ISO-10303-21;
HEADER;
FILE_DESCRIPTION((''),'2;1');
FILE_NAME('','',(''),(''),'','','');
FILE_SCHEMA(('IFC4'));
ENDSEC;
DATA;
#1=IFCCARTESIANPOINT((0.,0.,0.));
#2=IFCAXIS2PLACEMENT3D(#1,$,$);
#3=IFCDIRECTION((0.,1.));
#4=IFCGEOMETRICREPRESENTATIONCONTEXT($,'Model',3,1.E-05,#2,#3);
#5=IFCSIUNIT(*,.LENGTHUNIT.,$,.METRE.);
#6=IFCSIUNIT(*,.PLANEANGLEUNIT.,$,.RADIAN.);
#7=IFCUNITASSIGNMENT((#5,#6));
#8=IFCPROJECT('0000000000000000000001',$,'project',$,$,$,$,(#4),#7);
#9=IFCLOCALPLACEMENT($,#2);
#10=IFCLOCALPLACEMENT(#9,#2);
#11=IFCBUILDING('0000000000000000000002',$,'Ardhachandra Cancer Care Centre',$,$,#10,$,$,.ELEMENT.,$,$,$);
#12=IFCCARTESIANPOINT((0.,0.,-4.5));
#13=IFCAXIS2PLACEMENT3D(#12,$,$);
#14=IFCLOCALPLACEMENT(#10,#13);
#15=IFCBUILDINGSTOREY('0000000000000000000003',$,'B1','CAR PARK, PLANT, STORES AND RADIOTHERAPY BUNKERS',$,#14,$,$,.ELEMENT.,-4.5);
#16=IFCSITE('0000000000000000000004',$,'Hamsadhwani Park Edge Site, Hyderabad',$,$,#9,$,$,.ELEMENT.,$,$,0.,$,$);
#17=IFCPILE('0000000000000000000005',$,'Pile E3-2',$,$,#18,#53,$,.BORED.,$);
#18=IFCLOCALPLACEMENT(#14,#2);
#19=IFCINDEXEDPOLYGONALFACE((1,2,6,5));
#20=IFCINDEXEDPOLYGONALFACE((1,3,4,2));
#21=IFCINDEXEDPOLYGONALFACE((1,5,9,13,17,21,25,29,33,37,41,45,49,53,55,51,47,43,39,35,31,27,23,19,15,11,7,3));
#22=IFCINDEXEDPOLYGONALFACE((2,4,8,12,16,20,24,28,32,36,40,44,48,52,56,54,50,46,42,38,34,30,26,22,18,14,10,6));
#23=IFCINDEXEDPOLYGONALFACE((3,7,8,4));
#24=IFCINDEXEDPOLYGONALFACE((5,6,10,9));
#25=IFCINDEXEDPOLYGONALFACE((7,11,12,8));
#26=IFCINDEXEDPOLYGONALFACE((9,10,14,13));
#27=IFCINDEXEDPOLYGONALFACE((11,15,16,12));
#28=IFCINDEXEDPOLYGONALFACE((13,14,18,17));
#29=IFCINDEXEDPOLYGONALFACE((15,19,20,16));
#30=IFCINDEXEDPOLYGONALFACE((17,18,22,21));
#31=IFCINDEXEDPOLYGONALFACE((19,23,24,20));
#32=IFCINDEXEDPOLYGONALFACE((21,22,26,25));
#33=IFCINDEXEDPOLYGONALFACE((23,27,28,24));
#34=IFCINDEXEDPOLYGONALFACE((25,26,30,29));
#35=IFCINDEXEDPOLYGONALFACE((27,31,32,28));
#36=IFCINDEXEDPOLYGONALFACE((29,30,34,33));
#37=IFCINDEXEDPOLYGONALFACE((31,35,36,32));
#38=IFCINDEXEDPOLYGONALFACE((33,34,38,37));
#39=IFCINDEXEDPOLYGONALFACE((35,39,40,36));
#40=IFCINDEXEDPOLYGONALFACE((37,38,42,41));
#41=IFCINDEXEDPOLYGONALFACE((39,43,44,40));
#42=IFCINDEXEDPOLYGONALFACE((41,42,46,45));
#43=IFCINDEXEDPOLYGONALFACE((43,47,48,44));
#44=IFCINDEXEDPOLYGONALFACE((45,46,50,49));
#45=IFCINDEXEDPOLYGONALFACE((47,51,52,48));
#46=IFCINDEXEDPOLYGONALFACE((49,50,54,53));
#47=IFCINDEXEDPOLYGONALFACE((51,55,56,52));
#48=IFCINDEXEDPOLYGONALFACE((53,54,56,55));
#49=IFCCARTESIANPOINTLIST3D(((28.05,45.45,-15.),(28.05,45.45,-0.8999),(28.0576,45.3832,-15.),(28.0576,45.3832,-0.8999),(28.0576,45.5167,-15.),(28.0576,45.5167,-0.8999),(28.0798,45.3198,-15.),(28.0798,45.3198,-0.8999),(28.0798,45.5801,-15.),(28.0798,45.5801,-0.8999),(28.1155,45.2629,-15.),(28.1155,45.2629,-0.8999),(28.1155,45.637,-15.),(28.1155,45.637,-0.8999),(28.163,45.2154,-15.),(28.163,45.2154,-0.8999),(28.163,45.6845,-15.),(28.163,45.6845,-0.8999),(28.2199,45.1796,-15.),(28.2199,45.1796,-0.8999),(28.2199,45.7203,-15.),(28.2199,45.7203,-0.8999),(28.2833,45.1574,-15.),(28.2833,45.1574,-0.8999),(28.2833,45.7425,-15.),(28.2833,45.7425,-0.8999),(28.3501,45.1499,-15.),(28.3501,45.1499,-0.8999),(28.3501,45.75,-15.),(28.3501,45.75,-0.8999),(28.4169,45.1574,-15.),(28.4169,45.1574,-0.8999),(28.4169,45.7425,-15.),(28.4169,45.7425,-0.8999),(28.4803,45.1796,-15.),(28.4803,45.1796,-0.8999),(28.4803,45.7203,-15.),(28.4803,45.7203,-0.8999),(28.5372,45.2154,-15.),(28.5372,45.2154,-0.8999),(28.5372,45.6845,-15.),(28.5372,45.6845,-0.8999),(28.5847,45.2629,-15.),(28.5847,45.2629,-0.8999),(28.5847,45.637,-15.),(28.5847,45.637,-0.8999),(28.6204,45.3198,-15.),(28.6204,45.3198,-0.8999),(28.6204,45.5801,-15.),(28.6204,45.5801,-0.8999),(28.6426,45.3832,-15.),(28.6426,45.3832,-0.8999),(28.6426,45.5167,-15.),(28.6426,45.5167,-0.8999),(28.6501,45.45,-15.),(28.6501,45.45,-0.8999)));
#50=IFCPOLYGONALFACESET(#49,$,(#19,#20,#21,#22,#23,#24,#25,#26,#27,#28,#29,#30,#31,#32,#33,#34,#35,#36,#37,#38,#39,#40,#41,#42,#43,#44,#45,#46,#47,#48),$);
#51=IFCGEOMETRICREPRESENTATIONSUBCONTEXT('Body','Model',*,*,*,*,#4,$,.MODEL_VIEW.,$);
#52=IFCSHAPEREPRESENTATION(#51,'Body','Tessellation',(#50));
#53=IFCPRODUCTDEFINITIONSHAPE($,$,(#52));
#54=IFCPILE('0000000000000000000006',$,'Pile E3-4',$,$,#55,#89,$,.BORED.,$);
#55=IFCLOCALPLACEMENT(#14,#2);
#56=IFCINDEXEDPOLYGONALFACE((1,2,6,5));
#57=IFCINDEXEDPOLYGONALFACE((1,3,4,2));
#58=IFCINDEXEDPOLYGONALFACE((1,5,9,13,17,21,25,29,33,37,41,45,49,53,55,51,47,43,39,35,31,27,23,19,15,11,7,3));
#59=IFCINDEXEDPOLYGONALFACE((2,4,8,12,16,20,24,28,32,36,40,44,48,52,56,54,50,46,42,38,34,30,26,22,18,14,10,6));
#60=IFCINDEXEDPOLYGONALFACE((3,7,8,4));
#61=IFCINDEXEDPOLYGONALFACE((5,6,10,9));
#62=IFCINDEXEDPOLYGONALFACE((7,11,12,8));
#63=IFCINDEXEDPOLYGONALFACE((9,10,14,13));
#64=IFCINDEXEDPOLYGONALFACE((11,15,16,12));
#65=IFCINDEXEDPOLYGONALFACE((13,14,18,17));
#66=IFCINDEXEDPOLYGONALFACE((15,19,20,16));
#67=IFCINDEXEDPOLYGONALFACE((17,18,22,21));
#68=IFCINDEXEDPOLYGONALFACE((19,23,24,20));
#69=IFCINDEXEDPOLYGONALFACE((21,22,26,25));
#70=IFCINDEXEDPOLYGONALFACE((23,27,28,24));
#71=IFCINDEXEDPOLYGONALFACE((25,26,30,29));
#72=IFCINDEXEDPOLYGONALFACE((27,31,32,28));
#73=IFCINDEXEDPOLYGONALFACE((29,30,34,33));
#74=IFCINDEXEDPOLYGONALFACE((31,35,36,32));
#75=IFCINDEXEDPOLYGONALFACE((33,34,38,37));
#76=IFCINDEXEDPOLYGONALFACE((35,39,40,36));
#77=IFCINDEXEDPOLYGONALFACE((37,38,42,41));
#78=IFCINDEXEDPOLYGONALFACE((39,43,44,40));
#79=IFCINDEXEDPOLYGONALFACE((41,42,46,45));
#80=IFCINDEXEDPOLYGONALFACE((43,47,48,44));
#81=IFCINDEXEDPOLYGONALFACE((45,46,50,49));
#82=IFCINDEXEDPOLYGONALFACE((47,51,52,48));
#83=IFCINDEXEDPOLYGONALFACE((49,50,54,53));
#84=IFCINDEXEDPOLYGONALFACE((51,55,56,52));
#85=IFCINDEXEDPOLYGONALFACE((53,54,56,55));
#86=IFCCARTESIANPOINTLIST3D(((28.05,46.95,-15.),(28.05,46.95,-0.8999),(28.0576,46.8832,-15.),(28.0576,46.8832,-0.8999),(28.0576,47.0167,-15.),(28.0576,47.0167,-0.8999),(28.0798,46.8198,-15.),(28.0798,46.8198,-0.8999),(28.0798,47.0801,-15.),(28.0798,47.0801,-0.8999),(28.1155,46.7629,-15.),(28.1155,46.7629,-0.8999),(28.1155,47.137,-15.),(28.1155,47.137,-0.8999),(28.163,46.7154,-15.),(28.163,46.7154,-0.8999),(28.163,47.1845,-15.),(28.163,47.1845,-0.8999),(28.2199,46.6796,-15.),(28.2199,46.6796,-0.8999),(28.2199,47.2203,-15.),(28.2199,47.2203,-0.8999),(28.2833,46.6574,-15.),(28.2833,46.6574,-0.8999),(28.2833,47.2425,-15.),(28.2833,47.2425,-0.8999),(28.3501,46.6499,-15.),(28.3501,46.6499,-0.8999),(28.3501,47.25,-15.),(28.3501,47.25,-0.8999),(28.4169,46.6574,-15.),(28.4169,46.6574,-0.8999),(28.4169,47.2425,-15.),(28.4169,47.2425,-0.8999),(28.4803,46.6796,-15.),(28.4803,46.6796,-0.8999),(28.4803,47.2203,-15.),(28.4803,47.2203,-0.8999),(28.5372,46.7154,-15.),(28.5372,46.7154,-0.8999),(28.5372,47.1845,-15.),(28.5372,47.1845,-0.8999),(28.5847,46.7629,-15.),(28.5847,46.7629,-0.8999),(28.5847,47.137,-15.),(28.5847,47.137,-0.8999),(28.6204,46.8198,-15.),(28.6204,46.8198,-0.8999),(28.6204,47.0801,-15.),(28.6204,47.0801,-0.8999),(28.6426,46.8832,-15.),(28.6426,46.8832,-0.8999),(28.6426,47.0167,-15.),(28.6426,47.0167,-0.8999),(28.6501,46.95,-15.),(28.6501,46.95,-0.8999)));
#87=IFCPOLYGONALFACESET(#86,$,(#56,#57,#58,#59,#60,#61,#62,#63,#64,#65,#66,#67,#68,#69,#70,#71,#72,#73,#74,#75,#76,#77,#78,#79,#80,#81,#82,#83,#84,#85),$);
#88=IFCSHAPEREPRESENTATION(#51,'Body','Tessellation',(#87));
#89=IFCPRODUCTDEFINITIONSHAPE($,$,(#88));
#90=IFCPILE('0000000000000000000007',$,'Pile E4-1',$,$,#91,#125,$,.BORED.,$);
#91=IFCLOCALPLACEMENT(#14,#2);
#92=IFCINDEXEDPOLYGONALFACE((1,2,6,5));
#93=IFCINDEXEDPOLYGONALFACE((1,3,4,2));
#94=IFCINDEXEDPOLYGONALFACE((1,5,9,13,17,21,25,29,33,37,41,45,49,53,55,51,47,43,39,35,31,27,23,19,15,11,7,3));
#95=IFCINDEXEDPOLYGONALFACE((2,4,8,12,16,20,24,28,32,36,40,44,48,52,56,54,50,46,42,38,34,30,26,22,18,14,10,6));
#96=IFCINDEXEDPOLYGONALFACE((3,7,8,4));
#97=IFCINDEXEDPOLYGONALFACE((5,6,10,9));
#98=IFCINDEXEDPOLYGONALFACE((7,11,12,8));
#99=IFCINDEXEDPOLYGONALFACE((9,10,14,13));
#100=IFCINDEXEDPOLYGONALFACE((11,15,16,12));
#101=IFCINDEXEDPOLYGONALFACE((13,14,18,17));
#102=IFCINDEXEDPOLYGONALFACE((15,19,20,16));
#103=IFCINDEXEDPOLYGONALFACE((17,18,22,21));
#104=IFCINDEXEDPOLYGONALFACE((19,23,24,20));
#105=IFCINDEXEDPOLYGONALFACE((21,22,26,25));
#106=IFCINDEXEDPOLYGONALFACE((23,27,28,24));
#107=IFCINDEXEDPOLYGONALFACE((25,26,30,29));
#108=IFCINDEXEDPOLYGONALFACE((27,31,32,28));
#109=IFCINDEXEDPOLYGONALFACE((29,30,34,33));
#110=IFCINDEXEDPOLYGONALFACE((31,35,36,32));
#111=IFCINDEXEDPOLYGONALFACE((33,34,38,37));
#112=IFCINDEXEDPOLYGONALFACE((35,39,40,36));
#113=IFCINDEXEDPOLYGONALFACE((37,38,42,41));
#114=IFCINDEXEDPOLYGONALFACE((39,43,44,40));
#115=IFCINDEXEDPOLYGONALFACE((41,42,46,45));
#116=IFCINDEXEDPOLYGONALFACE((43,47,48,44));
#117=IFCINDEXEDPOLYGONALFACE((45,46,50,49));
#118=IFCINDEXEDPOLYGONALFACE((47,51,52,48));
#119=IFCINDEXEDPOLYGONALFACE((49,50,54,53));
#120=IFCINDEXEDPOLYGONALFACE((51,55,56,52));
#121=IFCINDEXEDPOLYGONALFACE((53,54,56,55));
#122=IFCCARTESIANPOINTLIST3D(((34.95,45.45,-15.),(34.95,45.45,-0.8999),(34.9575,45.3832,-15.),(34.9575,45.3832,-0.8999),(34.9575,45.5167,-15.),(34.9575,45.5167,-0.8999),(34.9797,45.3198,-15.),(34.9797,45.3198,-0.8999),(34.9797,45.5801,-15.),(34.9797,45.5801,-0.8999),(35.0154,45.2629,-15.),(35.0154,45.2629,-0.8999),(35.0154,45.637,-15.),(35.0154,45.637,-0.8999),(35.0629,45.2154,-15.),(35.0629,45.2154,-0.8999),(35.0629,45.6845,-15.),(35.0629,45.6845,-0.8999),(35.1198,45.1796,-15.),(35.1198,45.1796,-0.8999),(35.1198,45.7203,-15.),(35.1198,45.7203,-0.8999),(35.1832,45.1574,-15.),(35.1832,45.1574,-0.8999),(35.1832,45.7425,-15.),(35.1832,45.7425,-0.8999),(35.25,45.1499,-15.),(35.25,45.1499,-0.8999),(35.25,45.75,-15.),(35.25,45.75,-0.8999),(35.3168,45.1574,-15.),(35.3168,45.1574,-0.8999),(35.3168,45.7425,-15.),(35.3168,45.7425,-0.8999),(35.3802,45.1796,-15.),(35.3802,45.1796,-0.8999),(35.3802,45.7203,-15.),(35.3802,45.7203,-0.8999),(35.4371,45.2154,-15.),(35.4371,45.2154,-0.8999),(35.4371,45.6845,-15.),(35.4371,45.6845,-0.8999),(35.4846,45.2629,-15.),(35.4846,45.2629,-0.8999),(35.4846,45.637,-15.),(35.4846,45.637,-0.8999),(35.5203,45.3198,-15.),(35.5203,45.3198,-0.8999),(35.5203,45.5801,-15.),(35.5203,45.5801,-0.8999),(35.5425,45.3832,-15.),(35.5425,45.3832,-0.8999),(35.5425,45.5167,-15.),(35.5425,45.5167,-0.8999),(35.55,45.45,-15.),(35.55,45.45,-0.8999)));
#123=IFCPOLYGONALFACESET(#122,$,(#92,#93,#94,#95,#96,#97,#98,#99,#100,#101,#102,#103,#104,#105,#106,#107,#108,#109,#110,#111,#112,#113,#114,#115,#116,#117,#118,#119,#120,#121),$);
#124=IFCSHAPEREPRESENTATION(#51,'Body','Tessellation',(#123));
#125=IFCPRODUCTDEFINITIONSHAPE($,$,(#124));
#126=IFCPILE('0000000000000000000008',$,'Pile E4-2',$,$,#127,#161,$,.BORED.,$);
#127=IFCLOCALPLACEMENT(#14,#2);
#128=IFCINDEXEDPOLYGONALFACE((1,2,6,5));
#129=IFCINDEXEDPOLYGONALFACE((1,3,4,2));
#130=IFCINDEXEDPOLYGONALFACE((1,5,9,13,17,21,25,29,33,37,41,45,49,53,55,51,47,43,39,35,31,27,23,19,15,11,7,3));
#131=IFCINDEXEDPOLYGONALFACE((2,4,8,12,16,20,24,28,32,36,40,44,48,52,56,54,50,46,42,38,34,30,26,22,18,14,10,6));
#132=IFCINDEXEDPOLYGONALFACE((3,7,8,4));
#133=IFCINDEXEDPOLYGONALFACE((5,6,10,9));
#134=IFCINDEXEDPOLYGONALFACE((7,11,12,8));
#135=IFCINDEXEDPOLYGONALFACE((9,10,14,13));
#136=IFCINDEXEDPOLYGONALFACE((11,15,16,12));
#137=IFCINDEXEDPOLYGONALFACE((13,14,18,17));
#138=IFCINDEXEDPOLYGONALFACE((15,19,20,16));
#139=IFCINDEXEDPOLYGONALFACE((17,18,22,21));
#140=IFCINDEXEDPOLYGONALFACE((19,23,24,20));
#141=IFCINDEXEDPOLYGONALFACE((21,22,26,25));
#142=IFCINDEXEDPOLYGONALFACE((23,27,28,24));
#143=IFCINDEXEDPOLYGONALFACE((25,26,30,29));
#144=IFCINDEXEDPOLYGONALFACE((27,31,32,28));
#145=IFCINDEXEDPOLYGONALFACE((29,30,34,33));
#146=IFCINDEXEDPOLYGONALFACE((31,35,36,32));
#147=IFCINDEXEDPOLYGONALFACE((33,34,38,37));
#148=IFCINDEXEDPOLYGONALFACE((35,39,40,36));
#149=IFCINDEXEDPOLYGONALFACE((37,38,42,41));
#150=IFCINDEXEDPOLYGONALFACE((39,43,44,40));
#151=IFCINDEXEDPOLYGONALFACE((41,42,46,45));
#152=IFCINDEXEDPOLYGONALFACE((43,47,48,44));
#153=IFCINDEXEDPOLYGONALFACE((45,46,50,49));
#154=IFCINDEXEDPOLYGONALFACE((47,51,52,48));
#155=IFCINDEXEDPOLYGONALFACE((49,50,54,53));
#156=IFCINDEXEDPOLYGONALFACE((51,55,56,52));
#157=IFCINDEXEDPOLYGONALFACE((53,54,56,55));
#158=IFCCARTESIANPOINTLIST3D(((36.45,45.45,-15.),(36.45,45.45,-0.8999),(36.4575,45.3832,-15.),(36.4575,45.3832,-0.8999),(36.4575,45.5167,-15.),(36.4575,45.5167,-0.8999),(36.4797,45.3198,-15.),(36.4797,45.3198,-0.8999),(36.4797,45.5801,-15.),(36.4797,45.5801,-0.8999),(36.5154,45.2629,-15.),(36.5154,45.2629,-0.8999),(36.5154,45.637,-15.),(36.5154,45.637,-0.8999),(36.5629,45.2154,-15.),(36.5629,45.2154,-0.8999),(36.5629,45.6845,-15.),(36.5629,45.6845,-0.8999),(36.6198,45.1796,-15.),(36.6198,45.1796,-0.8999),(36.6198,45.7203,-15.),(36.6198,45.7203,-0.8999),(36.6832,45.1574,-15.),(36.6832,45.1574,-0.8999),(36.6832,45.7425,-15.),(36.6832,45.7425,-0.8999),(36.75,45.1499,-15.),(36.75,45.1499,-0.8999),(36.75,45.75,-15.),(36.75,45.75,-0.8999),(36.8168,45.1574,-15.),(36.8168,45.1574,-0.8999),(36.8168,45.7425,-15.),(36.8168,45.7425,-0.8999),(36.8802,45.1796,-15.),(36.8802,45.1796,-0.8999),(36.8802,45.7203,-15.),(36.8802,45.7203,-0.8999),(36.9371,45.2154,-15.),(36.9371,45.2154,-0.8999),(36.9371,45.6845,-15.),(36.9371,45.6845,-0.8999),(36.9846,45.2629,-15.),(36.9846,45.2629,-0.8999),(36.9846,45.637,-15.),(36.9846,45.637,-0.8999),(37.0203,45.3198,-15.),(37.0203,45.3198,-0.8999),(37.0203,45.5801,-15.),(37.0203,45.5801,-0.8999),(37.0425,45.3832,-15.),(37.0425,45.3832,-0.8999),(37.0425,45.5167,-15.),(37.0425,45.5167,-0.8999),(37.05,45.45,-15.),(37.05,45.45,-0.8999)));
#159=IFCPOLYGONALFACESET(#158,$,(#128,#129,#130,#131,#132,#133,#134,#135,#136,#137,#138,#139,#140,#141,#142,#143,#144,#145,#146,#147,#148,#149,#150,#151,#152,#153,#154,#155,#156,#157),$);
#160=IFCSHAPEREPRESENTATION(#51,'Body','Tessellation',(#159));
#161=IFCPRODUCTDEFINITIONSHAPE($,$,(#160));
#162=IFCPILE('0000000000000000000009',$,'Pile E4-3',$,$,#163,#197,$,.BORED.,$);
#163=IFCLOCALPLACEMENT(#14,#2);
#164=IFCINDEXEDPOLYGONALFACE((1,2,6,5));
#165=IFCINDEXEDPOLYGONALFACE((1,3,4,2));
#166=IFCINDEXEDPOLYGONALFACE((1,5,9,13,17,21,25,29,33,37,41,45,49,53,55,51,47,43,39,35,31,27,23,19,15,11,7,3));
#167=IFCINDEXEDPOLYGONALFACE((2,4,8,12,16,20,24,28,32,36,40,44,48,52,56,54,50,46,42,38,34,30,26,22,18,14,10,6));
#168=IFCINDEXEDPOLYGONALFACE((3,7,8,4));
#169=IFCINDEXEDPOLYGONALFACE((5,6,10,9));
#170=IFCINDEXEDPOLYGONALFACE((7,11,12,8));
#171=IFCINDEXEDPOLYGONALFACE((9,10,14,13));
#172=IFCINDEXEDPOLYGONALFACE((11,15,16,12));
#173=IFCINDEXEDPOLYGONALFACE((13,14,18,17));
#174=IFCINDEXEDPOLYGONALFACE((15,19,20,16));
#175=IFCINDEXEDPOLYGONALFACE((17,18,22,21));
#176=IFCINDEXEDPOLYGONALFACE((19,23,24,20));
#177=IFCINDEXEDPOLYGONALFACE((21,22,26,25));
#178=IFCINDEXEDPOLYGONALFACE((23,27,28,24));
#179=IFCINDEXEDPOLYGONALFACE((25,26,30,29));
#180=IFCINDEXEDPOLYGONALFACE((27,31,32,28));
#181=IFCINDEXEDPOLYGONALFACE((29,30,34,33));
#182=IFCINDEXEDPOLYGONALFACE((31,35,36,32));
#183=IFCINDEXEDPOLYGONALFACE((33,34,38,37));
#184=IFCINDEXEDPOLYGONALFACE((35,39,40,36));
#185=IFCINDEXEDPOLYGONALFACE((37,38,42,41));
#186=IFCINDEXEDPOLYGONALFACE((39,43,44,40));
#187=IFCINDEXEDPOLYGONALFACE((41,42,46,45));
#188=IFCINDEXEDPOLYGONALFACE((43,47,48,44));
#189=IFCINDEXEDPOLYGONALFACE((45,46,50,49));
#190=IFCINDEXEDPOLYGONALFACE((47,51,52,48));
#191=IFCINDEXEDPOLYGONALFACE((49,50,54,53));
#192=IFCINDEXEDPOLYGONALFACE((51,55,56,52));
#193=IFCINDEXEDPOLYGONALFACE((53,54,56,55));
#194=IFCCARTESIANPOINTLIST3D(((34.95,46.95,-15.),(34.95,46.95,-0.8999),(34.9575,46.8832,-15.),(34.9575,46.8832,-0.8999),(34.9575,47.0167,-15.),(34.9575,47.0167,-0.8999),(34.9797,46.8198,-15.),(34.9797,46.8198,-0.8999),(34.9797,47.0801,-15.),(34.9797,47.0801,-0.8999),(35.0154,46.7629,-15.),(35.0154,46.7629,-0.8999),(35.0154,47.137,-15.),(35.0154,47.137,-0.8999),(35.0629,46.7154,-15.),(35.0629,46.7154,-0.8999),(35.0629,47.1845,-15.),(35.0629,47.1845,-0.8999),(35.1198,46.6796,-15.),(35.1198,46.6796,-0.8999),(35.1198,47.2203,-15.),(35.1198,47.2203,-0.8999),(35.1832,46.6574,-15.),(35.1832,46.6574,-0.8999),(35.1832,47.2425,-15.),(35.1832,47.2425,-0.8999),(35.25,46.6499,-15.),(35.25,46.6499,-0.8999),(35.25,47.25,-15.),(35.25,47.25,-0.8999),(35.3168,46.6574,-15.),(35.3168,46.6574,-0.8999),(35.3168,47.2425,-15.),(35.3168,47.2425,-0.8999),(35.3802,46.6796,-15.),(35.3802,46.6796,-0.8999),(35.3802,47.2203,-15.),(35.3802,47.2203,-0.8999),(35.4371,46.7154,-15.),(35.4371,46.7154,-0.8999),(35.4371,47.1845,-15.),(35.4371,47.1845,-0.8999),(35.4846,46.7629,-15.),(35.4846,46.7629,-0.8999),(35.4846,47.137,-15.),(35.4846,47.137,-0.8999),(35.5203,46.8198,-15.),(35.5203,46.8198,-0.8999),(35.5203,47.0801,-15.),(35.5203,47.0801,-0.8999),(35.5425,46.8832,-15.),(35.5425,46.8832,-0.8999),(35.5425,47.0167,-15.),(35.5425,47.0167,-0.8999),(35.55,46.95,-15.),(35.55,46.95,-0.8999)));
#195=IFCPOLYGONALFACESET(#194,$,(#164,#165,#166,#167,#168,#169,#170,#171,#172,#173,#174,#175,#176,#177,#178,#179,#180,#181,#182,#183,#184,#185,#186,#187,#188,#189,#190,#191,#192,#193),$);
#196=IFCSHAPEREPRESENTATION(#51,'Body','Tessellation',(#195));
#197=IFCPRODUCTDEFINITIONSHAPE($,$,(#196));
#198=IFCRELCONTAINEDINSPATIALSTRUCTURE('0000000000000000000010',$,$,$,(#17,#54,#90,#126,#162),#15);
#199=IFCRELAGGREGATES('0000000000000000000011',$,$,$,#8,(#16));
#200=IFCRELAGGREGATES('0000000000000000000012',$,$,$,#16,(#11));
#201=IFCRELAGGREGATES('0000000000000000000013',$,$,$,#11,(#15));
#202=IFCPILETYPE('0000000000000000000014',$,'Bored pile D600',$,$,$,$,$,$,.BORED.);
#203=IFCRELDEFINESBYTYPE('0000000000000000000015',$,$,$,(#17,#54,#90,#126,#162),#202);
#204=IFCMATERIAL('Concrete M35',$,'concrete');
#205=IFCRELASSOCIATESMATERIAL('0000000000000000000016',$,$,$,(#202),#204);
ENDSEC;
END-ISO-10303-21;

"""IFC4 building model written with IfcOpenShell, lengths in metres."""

from ifc_helpers import new_model, si_unit, direction, frame, origin, origin_2d, place, context, subcontext, project, spatial, circle, extrude, material, material_profile, profile_set, type_object, element, save


model = new_model("IFC4")

# Units and contexts
model_context = context("Model", 3, precision=1e-05, world=origin(), true_north=direction((0.0, 1.0)))
body_context = subcontext(model_context, "Body", "Model", "MODEL_VIEW")
ifc_project = project(units=[si_unit("LENGTHUNIT", "METRE"), si_unit("PLANEANGLEUNIT", "RADIAN")], contexts=[model_context])

# Site, building, storey
site_placement = place(None, origin())
site = spatial("IfcSite", under=ifc_project, at=site_placement, Name="Hamsadhwani Park Edge Site, Hyderabad", CompositionType="ELEMENT", RefElevation=0.0)
building_placement = place(site_placement, origin())
building = spatial("IfcBuilding", under=site, at=building_placement, Name="Ardhachandra Cancer Care Centre", CompositionType="ELEMENT")
storey_placement = place(building_placement, frame((0.0, 0.0, -4.5)))
storey = spatial("IfcBuildingStorey", under=building, at=storey_placement, Name="B1", Description="CAR PARK, PLANT, STORES AND RADIOTHERAPY BUNKERS", CompositionType="ELEMENT", Elevation=-4.5)

# Piles
ifc_material_1 = material(Name="Concrete M35", Category="concrete")
ifc_material_profile_1 = material_profile(ifc_material_1, circle(Radius=0.3, at=origin_2d()), Name="D600")
ifc_profile_set_1 = profile_set([ifc_material_profile_1], Name="Concrete M35")
pile_type = type_object("IfcPileType", Name="Bored pile D600", PredefinedType="BORED", material=ifc_profile_set_1)
for number, where, z_axis, x_axis, name in (
    (1, (28.3501, 45.45, -0.8999), (0.0, 0.0, -1.0), (1.0, 0.0, 0.0), "Pile E3-2"),
    (2, (28.3501, 46.95, -0.8999), (0.0, 0.0, -1.0), (1.0, 0.0, 0.0), "Pile E3-4"),
    (3, (35.25, 45.45, -0.8999), (0.0, 0.0, -1.0), (1.0, 0.0, 0.0), "Pile E4-1"),
    (4, (36.75, 45.45, -0.8999), (0.0, 0.0, -1.0), (1.0, 0.0, 0.0), "Pile E4-2"),
    (5, (35.25, 46.95, -0.8999), (0.0, 0.0, -1.0), (1.0, 0.0, 0.0), "Pile E4-3"),
):
    element("IfcPile", number, at=place(storey_placement, frame(where, z_axis=z_axis, x_axis=x_axis)), inside=storey, type_object=pile_type, Name=name, PredefinedType="BORED", context=body_context, shape_type="SweptSolid", body=[
        extrude(circle(Radius=0.3, at=origin_2d()), origin(), (0.0, 0.0, 1.0), 14.1001),
    ])

save(model, "model.ifc")
